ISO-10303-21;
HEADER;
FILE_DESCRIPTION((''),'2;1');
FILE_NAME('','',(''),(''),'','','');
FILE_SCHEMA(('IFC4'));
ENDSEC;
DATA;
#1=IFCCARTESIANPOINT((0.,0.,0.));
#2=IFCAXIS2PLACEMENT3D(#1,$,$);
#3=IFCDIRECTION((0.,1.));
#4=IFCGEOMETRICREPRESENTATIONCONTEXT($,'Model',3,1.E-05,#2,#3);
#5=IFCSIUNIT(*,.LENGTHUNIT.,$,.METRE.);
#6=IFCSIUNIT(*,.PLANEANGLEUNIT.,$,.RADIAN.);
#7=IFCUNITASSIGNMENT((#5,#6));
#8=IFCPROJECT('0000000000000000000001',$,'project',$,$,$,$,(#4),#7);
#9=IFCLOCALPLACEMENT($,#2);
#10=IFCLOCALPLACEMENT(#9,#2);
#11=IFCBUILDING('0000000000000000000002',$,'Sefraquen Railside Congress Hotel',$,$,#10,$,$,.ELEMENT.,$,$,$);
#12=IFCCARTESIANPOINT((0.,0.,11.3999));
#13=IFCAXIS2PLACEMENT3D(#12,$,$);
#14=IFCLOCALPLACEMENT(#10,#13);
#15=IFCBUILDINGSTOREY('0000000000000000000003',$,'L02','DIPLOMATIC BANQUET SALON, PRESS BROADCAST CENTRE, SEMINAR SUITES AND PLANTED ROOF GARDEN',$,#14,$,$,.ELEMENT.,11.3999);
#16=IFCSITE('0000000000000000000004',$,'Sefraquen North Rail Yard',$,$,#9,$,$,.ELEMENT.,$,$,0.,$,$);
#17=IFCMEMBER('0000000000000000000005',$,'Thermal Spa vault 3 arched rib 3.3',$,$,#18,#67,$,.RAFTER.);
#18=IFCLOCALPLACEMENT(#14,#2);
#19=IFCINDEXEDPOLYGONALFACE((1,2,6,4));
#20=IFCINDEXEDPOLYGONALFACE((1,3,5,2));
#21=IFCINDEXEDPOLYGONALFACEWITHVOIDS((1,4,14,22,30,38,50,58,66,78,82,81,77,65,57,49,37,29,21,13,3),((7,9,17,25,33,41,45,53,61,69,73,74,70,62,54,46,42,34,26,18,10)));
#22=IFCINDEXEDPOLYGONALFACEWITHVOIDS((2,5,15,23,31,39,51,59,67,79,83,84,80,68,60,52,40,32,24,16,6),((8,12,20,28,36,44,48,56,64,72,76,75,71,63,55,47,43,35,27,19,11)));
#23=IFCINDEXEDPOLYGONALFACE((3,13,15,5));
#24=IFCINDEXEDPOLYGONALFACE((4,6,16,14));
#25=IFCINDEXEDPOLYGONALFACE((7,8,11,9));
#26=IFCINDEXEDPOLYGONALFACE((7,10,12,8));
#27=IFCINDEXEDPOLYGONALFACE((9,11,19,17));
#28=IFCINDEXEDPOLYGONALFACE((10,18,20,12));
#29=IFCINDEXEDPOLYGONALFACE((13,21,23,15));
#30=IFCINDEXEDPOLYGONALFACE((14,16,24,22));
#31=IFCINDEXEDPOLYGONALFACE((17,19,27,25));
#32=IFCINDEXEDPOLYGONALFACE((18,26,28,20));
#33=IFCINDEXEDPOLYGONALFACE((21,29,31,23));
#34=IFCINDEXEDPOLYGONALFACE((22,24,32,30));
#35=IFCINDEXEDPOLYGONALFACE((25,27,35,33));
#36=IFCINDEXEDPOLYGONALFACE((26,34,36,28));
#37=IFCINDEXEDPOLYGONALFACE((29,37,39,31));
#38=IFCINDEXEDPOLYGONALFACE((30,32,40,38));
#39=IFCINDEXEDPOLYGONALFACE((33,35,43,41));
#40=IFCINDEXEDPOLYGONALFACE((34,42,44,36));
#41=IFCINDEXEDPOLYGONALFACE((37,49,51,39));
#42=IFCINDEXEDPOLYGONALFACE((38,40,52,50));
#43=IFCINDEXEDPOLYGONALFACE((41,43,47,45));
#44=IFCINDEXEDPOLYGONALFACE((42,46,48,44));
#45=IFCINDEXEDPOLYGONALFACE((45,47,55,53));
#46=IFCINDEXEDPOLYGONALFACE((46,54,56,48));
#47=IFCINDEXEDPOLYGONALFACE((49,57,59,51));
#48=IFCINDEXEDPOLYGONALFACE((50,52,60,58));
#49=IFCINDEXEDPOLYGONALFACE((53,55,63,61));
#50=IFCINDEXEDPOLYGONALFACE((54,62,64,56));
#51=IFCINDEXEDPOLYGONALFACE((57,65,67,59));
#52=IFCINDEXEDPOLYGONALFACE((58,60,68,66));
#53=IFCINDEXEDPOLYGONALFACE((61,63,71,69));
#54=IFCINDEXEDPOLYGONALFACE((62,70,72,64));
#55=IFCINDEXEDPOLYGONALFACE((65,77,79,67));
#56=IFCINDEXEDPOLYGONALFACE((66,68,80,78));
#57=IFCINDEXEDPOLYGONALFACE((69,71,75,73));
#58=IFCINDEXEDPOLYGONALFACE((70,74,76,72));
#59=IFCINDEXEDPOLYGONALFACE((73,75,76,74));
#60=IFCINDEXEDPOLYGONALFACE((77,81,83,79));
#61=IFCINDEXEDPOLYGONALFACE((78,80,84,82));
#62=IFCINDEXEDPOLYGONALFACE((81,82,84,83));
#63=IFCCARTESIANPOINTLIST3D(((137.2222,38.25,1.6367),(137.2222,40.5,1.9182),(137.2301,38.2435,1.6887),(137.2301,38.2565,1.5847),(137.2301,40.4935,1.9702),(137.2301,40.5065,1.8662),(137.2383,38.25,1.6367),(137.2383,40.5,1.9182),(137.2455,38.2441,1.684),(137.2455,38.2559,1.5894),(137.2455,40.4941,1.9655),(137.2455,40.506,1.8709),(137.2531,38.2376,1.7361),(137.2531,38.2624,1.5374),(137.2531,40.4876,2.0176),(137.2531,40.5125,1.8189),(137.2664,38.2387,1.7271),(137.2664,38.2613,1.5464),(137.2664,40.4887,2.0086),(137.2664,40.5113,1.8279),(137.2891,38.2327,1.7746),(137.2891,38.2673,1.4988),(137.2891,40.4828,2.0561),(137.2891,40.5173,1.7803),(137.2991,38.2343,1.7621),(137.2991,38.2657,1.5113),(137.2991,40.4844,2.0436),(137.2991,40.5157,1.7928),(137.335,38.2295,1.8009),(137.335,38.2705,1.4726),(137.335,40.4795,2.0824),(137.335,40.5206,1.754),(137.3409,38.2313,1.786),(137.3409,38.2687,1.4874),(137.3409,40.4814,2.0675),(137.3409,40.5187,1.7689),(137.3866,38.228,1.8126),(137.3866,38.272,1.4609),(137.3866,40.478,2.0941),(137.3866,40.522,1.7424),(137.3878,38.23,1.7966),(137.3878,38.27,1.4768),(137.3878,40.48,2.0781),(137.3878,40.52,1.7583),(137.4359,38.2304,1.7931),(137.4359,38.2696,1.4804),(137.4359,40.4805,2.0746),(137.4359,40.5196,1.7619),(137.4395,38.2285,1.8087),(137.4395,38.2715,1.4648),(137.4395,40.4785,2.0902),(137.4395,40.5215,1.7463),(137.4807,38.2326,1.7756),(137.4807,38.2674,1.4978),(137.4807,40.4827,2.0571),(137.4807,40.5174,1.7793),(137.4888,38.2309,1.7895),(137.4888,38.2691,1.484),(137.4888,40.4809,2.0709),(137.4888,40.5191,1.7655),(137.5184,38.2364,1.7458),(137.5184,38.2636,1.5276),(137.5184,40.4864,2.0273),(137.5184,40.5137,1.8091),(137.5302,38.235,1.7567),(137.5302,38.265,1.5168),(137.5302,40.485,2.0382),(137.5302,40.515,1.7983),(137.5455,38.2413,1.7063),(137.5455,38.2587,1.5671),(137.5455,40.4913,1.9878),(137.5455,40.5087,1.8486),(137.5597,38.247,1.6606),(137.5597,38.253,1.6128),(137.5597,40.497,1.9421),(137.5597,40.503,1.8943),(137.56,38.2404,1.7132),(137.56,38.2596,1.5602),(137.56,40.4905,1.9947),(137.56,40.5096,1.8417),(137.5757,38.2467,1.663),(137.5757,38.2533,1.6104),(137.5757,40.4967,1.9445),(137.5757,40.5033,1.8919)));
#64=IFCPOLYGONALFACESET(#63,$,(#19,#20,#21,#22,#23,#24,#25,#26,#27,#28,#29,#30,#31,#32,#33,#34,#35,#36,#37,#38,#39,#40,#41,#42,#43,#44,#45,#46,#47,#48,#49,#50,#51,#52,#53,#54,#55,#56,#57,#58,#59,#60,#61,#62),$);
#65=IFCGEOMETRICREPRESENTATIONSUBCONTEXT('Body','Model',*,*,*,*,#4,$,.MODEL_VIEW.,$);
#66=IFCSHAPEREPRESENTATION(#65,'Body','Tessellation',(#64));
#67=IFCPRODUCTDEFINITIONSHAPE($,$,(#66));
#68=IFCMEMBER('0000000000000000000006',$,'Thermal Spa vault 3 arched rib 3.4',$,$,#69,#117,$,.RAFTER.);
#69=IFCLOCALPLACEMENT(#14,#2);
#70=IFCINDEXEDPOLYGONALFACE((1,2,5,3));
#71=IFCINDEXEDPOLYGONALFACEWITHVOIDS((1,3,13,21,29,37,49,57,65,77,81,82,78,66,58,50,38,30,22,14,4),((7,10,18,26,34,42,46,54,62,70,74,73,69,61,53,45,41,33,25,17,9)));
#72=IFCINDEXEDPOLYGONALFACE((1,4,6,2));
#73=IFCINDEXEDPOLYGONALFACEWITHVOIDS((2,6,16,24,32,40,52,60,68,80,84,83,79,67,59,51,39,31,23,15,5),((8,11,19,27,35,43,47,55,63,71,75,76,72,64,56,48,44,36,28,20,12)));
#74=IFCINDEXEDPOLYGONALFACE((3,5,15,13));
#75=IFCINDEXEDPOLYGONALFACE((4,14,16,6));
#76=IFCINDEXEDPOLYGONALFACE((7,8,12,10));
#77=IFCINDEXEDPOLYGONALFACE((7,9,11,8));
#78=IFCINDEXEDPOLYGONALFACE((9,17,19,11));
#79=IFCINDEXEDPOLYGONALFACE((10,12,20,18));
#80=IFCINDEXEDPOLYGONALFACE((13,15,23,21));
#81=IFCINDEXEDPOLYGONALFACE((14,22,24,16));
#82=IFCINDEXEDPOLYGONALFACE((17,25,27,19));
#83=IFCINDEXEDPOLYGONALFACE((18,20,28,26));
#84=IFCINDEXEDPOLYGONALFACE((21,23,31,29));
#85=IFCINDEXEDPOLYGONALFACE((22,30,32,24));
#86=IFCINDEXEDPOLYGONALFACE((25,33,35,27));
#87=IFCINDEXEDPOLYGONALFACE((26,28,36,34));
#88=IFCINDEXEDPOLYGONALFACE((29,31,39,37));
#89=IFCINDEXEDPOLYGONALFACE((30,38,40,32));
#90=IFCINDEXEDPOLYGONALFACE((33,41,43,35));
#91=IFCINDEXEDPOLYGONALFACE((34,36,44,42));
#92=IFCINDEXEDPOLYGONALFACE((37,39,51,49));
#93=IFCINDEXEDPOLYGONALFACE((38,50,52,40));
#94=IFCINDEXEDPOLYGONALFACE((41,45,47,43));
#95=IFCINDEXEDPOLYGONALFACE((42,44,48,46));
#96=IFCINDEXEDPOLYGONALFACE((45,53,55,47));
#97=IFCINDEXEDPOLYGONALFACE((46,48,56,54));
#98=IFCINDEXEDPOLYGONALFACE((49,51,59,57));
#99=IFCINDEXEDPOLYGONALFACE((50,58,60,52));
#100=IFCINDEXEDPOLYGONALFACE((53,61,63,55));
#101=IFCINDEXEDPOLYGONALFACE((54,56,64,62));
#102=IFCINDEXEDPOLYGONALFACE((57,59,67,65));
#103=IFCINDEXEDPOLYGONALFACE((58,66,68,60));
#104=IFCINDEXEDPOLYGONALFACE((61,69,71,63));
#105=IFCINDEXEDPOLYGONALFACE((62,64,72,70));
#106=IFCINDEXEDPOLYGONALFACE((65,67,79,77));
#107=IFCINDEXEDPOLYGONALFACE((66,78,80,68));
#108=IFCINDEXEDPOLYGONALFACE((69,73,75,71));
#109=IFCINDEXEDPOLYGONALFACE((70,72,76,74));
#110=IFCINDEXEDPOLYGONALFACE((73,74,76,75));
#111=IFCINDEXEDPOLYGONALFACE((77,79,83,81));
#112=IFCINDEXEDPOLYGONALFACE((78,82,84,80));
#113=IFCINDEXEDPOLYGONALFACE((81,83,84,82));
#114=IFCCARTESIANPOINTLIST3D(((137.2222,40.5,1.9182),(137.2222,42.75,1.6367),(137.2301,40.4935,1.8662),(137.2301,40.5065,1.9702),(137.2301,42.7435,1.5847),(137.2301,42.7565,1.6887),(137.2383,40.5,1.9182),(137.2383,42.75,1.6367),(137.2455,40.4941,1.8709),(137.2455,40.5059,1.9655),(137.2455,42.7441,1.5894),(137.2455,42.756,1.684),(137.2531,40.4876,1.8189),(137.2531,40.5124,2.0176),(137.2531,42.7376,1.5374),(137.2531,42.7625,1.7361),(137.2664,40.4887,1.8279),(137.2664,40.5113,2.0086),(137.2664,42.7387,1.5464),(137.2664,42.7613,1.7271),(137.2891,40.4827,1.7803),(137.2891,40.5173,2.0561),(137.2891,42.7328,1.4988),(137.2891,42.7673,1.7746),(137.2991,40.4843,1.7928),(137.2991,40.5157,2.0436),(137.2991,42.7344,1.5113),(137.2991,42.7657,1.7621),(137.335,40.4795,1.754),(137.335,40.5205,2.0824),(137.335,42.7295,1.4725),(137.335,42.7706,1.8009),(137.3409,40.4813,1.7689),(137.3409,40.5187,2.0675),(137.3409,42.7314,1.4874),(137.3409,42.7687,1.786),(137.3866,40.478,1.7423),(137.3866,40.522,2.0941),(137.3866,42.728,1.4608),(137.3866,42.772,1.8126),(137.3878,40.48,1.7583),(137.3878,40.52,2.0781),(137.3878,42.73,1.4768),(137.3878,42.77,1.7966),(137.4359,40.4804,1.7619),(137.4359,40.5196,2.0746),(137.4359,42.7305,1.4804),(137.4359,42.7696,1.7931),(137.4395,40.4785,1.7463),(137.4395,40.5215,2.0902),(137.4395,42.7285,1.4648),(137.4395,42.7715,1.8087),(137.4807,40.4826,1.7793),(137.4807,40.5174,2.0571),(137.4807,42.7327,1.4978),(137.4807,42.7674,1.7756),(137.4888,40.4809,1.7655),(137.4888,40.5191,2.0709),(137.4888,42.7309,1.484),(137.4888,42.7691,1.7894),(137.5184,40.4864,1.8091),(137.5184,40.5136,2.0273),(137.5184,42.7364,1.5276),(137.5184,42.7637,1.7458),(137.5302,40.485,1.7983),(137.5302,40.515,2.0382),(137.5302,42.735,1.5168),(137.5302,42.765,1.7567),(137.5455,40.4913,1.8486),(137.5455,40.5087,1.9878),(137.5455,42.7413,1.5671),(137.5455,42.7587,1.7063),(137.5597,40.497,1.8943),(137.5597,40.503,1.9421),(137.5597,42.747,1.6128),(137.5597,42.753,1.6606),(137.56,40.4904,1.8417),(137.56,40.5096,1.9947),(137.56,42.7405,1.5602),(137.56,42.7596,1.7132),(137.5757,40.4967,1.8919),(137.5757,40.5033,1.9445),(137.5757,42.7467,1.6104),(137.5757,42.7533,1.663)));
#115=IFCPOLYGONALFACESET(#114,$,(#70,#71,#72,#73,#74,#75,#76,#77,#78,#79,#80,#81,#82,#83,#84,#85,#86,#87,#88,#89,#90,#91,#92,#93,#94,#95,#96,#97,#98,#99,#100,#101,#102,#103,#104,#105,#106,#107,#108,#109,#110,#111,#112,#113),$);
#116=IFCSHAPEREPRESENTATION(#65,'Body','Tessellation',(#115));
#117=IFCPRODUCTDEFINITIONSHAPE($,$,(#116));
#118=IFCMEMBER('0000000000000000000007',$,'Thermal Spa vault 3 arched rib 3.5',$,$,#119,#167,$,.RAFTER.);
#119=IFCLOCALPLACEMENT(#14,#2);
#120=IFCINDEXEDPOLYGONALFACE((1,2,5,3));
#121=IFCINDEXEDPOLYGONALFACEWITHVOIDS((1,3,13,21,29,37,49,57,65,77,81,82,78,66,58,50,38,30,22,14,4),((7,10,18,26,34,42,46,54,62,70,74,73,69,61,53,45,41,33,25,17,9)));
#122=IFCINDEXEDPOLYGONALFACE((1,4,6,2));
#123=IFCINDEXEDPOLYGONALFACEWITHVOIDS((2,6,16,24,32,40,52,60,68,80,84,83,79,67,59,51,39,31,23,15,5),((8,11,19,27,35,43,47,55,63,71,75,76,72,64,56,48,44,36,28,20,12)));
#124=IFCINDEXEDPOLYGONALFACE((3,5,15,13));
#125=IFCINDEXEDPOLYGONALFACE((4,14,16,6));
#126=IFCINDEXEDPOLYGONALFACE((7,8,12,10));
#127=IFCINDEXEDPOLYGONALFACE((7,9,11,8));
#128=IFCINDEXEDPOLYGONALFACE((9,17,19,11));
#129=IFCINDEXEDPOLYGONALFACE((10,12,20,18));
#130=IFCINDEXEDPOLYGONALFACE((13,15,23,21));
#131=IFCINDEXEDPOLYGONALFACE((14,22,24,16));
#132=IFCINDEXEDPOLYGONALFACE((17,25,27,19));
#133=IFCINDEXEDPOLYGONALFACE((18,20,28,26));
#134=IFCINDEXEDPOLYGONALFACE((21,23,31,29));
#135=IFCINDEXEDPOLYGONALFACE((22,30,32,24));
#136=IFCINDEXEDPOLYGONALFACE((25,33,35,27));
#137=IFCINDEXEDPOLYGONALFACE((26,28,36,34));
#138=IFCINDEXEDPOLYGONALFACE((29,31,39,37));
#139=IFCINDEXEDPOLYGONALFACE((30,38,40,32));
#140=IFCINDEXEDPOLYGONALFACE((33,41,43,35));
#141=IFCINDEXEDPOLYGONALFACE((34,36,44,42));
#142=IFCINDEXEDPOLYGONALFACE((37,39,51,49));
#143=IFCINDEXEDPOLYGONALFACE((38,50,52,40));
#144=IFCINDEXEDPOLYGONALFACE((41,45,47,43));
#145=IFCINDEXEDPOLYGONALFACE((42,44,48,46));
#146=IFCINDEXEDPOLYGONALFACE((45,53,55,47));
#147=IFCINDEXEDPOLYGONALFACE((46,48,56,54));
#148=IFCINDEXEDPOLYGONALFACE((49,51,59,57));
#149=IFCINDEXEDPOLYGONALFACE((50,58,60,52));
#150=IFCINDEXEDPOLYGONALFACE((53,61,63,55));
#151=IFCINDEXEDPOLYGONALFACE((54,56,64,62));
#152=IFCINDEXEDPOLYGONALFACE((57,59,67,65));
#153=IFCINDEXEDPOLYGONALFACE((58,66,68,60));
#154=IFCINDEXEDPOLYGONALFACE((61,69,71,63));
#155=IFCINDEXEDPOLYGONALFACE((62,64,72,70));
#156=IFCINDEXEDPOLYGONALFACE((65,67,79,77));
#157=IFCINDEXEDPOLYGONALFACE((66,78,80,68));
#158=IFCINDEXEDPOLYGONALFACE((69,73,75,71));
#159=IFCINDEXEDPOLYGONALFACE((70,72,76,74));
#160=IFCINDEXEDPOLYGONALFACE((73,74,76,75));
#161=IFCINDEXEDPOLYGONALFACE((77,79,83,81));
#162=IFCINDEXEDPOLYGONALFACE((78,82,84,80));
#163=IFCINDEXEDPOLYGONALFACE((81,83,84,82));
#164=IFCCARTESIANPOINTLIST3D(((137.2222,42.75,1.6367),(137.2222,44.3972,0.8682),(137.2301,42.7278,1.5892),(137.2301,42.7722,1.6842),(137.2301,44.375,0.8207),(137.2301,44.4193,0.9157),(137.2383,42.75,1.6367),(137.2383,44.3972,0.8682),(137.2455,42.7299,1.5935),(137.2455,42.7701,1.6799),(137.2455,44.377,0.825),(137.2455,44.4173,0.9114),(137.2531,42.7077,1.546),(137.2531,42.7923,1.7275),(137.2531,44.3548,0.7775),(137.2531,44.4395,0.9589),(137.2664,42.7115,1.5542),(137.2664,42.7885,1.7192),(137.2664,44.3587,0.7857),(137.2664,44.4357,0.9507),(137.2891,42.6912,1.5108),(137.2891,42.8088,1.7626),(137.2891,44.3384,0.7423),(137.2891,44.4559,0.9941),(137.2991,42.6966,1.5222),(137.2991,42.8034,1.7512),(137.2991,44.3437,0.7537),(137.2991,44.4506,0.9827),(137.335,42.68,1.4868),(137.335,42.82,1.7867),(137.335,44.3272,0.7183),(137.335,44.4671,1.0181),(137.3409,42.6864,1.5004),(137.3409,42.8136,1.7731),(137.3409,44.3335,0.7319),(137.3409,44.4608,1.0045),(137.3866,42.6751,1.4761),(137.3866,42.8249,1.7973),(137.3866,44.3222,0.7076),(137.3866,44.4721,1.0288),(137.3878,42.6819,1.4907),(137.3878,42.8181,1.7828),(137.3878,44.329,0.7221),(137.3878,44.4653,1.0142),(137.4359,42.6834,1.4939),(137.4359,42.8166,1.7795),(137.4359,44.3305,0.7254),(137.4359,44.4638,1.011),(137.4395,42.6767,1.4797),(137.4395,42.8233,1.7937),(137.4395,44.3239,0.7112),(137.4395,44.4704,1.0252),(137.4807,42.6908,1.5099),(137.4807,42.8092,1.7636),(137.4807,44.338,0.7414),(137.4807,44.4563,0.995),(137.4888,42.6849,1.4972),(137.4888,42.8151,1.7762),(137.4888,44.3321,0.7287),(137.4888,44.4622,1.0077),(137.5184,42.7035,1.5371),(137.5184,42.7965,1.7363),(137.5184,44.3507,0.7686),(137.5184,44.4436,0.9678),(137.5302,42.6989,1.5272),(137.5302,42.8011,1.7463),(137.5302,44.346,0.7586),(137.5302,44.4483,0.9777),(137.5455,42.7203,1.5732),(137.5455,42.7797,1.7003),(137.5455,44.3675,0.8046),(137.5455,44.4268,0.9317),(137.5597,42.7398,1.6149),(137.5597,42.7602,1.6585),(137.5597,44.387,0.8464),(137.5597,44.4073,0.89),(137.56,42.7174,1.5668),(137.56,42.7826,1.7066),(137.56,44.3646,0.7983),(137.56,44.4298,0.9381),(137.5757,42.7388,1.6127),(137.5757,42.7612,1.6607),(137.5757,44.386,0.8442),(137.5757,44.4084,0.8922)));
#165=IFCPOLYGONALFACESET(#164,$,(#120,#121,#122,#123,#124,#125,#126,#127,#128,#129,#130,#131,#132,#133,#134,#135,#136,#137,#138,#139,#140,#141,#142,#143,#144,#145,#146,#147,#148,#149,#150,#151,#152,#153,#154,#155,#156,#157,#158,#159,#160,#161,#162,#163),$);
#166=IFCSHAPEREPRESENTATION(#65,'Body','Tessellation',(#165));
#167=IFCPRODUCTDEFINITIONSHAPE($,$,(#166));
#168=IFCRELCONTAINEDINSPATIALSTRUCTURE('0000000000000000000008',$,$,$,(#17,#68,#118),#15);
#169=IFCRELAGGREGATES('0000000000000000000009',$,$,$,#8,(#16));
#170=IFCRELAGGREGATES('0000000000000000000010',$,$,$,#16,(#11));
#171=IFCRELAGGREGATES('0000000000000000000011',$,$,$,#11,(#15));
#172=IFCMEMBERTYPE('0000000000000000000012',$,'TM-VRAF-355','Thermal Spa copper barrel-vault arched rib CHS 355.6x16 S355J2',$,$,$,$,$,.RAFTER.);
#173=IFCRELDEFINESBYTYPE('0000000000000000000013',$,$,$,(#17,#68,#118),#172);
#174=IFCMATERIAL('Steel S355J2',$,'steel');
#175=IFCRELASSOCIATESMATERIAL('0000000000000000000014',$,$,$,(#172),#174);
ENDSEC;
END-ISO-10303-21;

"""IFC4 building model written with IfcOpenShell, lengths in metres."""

from ifc_helpers import new_model, si_unit, direction, frame, origin, origin_2d, place, context, subcontext, project, spatial, hollow_circle, extrude, material, material_profile, profile_set, type_object, element, save


model = new_model("IFC4")

# Units and contexts
model_context = context("Model", 3, precision=1e-05, world=origin(), true_north=direction((0.0, 1.0)))
body_context = subcontext(model_context, "Body", "Model", "MODEL_VIEW")
ifc_project = project(units=[si_unit("LENGTHUNIT", "METRE"), si_unit("PLANEANGLEUNIT", "RADIAN")], contexts=[model_context])

# Site, building, storey
site_placement = place(None, origin())
site = spatial("IfcSite", under=ifc_project, at=site_placement, Name="Sefraquen North Rail Yard", CompositionType="ELEMENT", RefElevation=0.0)
building_placement = place(site_placement, origin())
building = spatial("IfcBuilding", under=site, at=building_placement, Name="Sefraquen Railside Congress Hotel", CompositionType="ELEMENT")
storey_placement = place(building_placement, frame((0.0, 0.0, 11.3999)))
storey = spatial("IfcBuildingStorey", under=building, at=storey_placement, Name="L02", Description="DIPLOMATIC BANQUET SALON, PRESS BROADCAST CENTRE, SEMINAR SUITES AND PLANTED ROOF GARDEN", CompositionType="ELEMENT", Elevation=11.3999)

# Members
ifc_material_1 = material(Name="Steel S355J2", Category="steel")
ifc_material_profile_1 = material_profile(ifc_material_1, hollow_circle(Radius=0.1777, WallThickness=0.0161, at=origin_2d()), Name="CHS 355.6x16")
ifc_profile_set_1 = profile_set([ifc_material_profile_1], Name="Steel S355J2")
member_type = type_object("IfcMemberType", Name="TM-VRAF-355", Description="Thermal Spa copper barrel-vault arched rib CHS 355.6x16 S355J2", PredefinedType="RAFTER", material=ifc_profile_set_1)
for number, where, z_axis, x_axis, name in (
    (1, (137.3999, 38.25, 1.6367), (0.0, 0.992265, 0.124141), (-1.0, 0.0, 0.0), "Thermal Spa vault 3 arched rib 3.3"),
    (2, (137.3999, 40.5, 1.9182), (0.0, 0.992265, -0.124141), (-1.0, 0.0, 0.0), "Thermal Spa vault 3 arched rib 3.4"),
):
    element("IfcMember", number, at=place(storey_placement, frame(where, z_axis=z_axis, x_axis=x_axis)), inside=storey, type_object=member_type, Name=name, PredefinedType="RAFTER", context=body_context, shape_type="SweptSolid", body=[
        extrude(hollow_circle(Radius=0.1777, WallThickness=0.0161, at=origin_2d()), origin(), (0.0, 0.0, 1.0), 2.2676),
    ])
member_1_placement = place(storey_placement, frame((137.3999, 42.75, 1.6367), z_axis=(0.0, 0.906214, -0.422819), x_axis=(-1.0, 0.0, 0.0)))
element("IfcMember", 3, at=member_1_placement, inside=storey, type_object=member_type, Name="Thermal Spa vault 3 arched rib 3.5", PredefinedType="RAFTER", context=body_context, shape_type="SweptSolid", body=[
    extrude(hollow_circle(Radius=0.1777, WallThickness=0.0161, at=origin_2d()), origin(), (0.0, 0.0, 1.0), 1.8176),
])

save(model, "model.ifc")
